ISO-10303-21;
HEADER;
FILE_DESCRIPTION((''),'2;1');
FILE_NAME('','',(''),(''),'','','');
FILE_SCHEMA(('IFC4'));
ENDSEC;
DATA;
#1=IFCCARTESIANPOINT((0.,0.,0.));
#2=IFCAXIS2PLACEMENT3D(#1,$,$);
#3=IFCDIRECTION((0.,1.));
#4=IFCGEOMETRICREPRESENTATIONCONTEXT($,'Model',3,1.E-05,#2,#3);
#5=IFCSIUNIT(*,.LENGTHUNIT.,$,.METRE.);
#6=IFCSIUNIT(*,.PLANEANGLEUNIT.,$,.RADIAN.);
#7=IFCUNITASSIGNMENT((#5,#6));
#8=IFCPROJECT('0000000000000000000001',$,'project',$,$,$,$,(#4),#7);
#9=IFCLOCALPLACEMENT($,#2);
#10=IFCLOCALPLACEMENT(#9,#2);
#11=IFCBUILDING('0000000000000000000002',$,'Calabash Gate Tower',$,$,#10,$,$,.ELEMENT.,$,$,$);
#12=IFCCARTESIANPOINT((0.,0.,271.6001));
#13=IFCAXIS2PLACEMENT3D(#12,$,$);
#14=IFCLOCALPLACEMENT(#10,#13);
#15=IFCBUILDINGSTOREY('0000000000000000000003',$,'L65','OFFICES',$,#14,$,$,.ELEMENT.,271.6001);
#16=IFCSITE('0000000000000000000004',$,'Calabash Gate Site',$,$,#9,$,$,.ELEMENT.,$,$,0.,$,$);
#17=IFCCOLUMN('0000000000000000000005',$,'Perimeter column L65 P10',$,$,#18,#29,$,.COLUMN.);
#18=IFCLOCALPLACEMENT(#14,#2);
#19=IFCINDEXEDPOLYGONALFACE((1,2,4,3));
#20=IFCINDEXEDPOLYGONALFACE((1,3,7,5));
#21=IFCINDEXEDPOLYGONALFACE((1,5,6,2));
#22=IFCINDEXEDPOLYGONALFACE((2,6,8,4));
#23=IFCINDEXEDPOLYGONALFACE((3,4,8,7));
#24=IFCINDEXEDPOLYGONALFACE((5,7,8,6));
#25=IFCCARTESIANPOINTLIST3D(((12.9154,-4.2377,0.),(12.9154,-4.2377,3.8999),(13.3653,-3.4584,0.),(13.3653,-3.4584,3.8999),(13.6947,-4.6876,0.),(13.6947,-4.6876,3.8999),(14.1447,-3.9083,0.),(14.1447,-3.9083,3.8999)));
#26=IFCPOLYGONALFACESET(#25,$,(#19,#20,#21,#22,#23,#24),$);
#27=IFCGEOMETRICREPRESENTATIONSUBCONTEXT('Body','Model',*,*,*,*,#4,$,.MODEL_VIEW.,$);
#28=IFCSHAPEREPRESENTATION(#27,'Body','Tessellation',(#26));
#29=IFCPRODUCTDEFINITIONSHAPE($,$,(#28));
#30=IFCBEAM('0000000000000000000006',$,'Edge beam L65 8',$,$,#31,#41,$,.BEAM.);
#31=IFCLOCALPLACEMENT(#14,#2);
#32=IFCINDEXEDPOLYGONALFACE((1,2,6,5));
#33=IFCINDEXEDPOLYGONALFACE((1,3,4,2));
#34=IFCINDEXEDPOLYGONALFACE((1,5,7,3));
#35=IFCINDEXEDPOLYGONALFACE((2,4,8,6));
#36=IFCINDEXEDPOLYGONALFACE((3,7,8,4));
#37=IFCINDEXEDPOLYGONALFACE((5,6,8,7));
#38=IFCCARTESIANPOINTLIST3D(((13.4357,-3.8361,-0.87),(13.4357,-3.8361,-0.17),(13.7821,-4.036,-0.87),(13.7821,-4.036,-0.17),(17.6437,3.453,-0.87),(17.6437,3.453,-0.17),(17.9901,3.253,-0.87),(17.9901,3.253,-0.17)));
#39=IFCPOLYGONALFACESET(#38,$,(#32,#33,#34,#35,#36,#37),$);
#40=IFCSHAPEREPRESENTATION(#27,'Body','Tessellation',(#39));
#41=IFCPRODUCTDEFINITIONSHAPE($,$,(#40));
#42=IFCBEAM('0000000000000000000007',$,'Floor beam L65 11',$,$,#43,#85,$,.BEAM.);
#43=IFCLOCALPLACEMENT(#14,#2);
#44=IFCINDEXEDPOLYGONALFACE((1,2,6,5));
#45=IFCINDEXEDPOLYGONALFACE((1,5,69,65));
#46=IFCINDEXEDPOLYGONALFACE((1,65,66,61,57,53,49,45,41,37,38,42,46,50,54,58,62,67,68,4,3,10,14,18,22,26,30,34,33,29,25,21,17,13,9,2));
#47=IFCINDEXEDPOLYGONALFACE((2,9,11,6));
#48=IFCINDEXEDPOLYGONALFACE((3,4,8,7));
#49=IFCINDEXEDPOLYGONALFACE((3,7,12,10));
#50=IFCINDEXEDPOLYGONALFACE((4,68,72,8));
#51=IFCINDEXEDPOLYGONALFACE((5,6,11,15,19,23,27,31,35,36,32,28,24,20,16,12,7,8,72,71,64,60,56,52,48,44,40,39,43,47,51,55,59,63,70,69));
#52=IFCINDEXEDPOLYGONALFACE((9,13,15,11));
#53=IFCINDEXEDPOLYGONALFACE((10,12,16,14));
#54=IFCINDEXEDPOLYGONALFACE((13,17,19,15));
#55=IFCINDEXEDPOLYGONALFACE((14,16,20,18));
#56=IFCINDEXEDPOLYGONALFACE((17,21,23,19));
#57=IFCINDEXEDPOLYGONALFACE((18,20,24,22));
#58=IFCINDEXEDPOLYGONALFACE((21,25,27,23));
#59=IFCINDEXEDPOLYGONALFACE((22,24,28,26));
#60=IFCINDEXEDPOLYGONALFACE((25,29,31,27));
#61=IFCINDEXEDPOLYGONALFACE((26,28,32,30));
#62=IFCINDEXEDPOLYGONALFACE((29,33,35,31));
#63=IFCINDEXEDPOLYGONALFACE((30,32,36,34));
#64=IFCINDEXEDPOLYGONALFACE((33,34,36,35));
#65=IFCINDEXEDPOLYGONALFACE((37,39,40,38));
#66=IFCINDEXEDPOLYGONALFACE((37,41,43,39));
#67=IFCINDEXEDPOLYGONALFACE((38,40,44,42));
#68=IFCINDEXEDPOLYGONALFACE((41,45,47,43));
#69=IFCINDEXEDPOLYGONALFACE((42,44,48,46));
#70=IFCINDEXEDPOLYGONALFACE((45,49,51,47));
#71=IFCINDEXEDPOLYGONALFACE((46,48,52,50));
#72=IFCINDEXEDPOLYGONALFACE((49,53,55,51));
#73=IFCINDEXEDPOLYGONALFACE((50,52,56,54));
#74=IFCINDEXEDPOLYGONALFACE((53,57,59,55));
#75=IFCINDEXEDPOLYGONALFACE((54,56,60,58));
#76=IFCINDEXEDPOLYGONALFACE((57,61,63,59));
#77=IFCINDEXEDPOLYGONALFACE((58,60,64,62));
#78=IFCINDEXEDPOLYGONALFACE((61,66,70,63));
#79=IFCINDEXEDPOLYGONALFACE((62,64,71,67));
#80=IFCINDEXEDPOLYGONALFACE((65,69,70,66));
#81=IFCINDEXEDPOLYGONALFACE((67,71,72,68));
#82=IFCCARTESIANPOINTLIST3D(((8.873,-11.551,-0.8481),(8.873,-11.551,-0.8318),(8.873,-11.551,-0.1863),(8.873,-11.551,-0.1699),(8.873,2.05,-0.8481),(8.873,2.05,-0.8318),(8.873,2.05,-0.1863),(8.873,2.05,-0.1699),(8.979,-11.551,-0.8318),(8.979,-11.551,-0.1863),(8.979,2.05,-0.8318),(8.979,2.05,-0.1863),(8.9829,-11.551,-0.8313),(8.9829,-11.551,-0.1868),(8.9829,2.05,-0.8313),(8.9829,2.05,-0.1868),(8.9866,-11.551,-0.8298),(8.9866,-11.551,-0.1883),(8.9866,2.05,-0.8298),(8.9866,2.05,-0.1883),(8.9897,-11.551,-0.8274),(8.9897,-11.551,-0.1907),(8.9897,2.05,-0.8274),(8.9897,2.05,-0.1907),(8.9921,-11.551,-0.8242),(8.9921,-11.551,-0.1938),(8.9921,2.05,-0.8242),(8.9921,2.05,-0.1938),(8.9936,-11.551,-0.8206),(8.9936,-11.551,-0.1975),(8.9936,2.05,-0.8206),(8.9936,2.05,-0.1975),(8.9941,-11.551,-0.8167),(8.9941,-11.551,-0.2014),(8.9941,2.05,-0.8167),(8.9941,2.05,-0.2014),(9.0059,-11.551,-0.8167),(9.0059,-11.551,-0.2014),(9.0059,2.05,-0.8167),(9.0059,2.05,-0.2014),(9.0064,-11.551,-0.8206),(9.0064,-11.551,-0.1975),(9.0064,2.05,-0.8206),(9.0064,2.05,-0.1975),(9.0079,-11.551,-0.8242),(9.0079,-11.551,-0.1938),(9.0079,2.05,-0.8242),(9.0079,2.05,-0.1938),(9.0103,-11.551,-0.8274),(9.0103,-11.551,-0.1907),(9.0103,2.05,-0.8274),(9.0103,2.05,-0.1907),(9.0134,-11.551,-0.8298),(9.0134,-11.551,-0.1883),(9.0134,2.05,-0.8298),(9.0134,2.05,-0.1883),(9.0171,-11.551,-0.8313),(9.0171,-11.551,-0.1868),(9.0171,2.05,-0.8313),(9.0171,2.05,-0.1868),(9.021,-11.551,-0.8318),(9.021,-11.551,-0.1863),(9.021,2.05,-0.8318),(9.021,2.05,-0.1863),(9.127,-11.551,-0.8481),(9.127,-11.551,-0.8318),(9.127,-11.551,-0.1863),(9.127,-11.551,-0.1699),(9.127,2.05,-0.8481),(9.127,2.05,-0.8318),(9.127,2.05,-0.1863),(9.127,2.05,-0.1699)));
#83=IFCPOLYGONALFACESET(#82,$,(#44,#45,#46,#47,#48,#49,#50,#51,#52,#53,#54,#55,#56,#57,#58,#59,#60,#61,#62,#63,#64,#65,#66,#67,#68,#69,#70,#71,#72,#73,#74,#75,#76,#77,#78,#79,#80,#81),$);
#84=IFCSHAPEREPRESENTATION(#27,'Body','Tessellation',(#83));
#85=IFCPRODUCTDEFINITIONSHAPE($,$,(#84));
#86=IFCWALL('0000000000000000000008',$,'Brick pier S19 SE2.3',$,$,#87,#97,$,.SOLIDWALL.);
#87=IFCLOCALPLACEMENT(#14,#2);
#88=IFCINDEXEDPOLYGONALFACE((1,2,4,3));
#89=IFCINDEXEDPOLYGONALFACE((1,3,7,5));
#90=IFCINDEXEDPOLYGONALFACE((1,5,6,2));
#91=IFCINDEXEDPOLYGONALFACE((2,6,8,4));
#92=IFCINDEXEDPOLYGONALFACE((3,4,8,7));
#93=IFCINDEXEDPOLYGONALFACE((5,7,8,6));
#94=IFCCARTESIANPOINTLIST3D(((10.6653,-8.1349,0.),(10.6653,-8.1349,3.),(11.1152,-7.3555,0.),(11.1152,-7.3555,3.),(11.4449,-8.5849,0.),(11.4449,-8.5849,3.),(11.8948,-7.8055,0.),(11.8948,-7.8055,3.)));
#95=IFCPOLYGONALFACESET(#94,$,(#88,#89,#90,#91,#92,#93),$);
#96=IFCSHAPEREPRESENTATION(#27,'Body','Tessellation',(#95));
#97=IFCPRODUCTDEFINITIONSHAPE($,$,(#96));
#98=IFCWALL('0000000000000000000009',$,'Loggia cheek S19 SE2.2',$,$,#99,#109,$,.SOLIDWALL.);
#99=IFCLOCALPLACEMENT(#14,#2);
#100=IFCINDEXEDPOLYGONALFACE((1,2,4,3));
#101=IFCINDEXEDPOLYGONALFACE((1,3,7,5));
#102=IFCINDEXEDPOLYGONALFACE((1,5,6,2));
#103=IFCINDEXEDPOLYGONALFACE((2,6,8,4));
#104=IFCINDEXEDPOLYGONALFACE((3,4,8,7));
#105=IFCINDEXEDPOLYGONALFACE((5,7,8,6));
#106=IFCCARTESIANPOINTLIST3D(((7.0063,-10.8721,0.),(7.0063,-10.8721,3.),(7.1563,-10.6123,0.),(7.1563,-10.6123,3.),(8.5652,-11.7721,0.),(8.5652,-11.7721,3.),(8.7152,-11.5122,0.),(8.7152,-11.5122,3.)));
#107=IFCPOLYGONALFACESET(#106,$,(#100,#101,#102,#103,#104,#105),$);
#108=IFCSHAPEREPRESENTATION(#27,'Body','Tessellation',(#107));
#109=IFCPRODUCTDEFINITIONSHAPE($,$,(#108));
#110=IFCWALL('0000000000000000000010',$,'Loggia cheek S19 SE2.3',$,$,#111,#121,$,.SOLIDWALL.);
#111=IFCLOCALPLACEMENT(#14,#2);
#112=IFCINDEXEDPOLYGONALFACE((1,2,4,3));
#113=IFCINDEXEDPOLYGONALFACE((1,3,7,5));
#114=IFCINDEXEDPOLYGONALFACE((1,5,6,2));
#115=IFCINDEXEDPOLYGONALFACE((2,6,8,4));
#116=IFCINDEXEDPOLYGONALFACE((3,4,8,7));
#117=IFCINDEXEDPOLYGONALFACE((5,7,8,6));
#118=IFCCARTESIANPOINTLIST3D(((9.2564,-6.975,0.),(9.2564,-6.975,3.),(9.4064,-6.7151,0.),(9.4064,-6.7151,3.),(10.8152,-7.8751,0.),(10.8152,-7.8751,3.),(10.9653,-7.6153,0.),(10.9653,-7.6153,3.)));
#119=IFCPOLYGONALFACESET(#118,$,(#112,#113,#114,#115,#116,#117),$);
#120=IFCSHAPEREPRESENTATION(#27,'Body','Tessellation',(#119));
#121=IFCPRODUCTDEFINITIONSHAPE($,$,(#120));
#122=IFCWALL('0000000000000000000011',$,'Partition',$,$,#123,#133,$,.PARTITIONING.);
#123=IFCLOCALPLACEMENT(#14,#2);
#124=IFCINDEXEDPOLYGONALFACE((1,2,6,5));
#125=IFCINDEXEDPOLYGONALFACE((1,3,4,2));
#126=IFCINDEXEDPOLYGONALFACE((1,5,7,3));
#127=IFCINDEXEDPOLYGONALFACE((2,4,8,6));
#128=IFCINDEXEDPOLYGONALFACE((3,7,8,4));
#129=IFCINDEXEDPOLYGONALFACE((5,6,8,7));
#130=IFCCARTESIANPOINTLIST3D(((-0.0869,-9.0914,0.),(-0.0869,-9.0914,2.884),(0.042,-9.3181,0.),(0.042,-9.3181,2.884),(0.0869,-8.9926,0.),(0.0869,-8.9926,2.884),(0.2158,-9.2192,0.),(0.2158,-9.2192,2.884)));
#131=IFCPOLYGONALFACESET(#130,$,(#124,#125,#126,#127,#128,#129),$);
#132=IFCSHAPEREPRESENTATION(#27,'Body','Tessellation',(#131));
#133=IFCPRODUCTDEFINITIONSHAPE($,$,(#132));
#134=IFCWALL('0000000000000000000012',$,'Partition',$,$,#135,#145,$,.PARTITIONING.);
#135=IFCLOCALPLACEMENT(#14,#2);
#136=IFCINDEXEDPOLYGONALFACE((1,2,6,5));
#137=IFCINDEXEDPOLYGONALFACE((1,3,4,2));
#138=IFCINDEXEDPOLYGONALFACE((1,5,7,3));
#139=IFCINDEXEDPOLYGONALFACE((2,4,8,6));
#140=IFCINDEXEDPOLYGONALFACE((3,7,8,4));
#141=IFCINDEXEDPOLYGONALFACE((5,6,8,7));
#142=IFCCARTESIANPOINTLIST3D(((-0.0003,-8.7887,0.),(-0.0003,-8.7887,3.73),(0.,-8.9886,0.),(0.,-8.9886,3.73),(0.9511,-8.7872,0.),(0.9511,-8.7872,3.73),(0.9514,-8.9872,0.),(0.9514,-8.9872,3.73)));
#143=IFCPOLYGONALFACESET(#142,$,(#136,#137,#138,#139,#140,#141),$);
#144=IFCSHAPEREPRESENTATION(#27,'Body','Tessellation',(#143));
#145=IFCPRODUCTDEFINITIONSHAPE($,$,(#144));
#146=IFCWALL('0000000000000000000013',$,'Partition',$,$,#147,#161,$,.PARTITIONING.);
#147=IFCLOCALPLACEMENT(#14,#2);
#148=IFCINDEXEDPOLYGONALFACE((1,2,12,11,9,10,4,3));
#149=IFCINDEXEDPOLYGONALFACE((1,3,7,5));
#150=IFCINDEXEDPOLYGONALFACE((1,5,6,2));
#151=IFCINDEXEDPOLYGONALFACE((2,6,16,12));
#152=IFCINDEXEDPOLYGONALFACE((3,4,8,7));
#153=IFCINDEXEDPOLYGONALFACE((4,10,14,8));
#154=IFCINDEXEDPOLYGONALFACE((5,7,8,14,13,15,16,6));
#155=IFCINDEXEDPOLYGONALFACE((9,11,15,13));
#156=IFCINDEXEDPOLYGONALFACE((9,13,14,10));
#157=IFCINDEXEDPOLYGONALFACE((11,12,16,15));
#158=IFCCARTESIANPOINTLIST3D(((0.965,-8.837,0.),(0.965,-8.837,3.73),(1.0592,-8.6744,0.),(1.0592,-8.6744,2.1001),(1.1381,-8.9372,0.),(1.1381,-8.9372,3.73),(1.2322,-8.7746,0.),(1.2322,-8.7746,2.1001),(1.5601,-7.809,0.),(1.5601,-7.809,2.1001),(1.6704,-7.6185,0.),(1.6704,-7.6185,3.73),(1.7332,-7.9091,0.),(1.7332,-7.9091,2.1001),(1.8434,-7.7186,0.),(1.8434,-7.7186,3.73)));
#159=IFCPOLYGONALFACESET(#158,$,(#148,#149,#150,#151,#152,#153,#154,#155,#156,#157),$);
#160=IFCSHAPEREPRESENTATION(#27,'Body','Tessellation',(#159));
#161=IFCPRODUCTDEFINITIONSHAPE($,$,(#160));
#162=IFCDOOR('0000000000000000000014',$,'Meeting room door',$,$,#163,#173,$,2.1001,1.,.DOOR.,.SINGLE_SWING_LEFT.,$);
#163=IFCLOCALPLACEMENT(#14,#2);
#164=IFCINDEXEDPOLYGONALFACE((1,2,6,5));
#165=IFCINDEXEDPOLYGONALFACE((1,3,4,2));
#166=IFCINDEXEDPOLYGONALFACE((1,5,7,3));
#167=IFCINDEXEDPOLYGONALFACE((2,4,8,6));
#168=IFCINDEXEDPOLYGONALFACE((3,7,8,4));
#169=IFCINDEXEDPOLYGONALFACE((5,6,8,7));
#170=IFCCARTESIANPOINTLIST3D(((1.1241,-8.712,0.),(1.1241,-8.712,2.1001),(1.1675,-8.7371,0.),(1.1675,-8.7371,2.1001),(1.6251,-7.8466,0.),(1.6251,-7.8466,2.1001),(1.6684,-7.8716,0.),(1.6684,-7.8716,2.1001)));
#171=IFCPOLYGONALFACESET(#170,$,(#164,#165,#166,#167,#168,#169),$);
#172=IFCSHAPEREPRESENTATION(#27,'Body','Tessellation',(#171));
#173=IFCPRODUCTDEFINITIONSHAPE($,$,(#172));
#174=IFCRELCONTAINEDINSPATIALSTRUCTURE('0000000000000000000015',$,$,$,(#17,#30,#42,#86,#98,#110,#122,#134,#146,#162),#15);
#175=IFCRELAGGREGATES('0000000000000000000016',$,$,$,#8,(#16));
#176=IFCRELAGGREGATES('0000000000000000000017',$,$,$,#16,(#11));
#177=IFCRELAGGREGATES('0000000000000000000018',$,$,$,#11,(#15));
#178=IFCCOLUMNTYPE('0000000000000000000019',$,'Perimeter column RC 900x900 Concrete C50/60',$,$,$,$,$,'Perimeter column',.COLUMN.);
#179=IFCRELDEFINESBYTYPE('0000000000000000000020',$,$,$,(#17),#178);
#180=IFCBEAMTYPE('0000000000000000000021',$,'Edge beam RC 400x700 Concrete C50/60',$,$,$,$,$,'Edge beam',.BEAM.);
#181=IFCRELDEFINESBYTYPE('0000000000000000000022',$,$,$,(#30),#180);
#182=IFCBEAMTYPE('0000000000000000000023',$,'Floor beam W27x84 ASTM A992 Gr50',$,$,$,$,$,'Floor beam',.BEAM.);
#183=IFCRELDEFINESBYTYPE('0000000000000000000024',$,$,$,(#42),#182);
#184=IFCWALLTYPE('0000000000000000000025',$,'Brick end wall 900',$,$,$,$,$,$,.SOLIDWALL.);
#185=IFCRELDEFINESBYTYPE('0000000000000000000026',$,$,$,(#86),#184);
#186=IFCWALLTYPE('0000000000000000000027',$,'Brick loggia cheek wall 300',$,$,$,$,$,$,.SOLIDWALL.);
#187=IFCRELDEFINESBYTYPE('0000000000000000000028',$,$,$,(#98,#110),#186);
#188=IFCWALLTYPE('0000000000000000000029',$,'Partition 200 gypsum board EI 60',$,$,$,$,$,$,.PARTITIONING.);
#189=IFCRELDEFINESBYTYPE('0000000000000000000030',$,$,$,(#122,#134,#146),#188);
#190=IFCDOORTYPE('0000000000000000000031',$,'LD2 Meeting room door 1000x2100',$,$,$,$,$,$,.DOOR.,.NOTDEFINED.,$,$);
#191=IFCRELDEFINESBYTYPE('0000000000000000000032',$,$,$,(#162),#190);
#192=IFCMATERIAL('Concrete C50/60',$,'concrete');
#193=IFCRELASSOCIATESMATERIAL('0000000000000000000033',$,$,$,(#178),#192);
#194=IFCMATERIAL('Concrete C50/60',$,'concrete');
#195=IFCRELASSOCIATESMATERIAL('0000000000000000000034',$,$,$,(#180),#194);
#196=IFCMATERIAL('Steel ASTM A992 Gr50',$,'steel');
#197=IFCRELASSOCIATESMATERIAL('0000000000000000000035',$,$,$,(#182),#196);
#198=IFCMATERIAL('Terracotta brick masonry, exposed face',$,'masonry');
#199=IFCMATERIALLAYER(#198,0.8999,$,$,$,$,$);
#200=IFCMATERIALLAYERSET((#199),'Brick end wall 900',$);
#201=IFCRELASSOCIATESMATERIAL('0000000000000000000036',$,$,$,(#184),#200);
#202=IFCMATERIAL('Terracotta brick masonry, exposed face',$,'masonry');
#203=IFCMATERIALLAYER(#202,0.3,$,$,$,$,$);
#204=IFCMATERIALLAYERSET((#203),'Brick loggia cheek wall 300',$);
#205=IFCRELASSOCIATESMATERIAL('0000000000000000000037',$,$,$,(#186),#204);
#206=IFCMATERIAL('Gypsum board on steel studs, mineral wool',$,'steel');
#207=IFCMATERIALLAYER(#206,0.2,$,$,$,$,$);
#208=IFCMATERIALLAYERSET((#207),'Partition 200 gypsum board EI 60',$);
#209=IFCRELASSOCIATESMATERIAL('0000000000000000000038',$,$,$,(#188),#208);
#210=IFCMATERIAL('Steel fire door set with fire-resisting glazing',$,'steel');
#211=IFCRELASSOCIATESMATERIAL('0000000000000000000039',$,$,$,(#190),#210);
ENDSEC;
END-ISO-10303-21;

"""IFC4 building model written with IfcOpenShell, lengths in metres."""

from ifc_helpers import new_model, si_unit, direction, frame, frame_2d, origin, origin_2d, place, context, subcontext, project, spatial, rectangle, i_section, extrude, material, layer, layer_set, material_profile, profile_set, type_object, element, fill, save


model = new_model("IFC4")

# Units and contexts
model_context = context("Model", 3, precision=1e-05, world=origin(), true_north=direction((0.0, 1.0)))
body_context = subcontext(model_context, "Body", "Model", "MODEL_VIEW")
ifc_project = project(units=[si_unit("LENGTHUNIT", "METRE"), si_unit("PLANEANGLEUNIT", "RADIAN")], contexts=[model_context])

# Site, building, storey
site_placement = place(None, origin())
site = spatial("IfcSite", under=ifc_project, at=site_placement, Name="Calabash Gate Site", CompositionType="ELEMENT", RefElevation=0.0)
building_placement = place(site_placement, origin())
building = spatial("IfcBuilding", under=site, at=building_placement, Name="Calabash Gate Tower", CompositionType="ELEMENT")
storey_placement = place(building_placement, frame((0.0, 0.0, 271.6001)))
storey = spatial("IfcBuildingStorey", under=building, at=storey_placement, Name="L65", Description="OFFICES", CompositionType="ELEMENT", Elevation=271.6001)

# Column
ifc_material_1 = material(Name="Concrete C50/60", Category="concrete")
ifc_material_profile_1 = material_profile(ifc_material_1, rectangle(XDim=0.8999, YDim=0.8999, at=origin_2d()))
ifc_profile_set_1 = profile_set([ifc_material_profile_1], Name="Concrete C50/60")
column_type = type_object("IfcColumnType", Name="Perimeter column RC 900x900 Concrete C50/60", ElementType="Perimeter column", PredefinedType="COLUMN", material=ifc_profile_set_1)
column_placement = place(storey_placement, frame((13.53, -4.073, 0.0), z_axis=(0.0, 0.0, 1.0), x_axis=(0.5, 0.866025, 0.0)))
element("IfcColumn", 1, at=column_placement, inside=storey, type_object=column_type, Name="Perimeter column L65 P10", PredefinedType="COLUMN", context=body_context, shape_type="SweptSolid", body=[
    extrude(rectangle(XDim=0.8999, YDim=0.8999, at=origin_2d()), origin(), (0.0, 0.0, 1.0), 3.8999),
])

# Beams
ifc_material_2 = material(Name="Concrete C50/60", Category="concrete")
ifc_material_profile_2 = material_profile(ifc_material_2, rectangle(XDim=0.3999, YDim=0.7, at=origin_2d()))
ifc_profile_set_2 = profile_set([ifc_material_profile_2], Name="Concrete C50/60")
beam_type_1 = type_object("IfcBeamType", Name="Edge beam RC 400x700 Concrete C50/60", ElementType="Edge beam", PredefinedType="BEAM", material=ifc_profile_set_2)
beam_1_placement = place(storey_placement, frame((13.6089, -3.936, -0.52), z_axis=(0.49997, 0.866043, 0.0), x_axis=(-0.866043, 0.49997, 0.0)))
element("IfcBeam", 2, at=beam_1_placement, inside=storey, type_object=beam_type_1, Name="Edge beam L65 8", PredefinedType="BEAM", context=body_context, shape_type="SweptSolid", body=[
    extrude(rectangle(XDim=0.3999, YDim=0.7, at=origin_2d()), origin(), (0.0, 0.0, 1.0), 8.4165),
])
ifc_material_3 = material(Name="Steel ASTM A992 Gr50", Category="steel")
ifc_material_profile_3 = material_profile(ifc_material_3, i_section(OverallWidth=0.2539, OverallDepth=0.6782, WebThickness=0.0117, FlangeThickness=0.0164, FilletRadius=0.0151, at=origin_2d()))
ifc_profile_set_3 = profile_set([ifc_material_profile_3], Name="Steel ASTM A992 Gr50")
beam_type_2 = type_object("IfcBeamType", Name="Floor beam W27x84 ASTM A992 Gr50", ElementType="Floor beam", PredefinedType="BEAM", material=ifc_profile_set_3)
beam_2_placement = place(storey_placement, frame((9.0, -11.551, -0.509), z_axis=(0.0, 1.0, 0.0), x_axis=(-1.0, 0.0, 0.0)))
element("IfcBeam", 3, at=beam_2_placement, inside=storey, type_object=beam_type_2, Name="Floor beam L65 11", PredefinedType="BEAM", context=body_context, shape_type="SweptSolid", body=[
    extrude(i_section(OverallWidth=0.2539, OverallDepth=0.6782, WebThickness=0.0117, FlangeThickness=0.0164, FilletRadius=0.0151, at=origin_2d()), origin(), (0.0, 0.0, 1.0), 13.6011),
])

# Walls
ifc_material_4 = material(Name="Terracotta brick masonry, exposed face", Category="masonry")
ifc_layer_1 = layer(ifc_material_4, 0.8999)
ifc_layer_set_1 = layer_set([ifc_layer_1], Name="Brick end wall 900")
wall_type_1 = type_object("IfcWallType", Name="Brick end wall 900", PredefinedType="SOLIDWALL", material=ifc_layer_set_1)
wall_1_placement = place(storey_placement, frame((10.8901, -7.7451, 0.0), z_axis=(0.0, 0.0, 1.0), x_axis=(0.866082, -0.499902, 0.0)))
element("IfcWall", 4, at=wall_1_placement, inside=storey, type_object=wall_type_1, Name="Brick pier S19 SE2.3", PredefinedType="SOLIDWALL", context=body_context, shape_type="SweptSolid", body=[
    extrude(rectangle(XDim=0.9001, YDim=0.8999, at=frame_2d((0.4502, 0.0))), origin(), (0.0, 0.0, 1.0), 3.0),
])
ifc_material_5 = material(Name="Terracotta brick masonry, exposed face", Category="masonry")
ifc_layer_2 = layer(ifc_material_5, 0.3)
ifc_layer_set_2 = layer_set([ifc_layer_2], Name="Brick loggia cheek wall 300")
wall_type_2 = type_object("IfcWallType", Name="Brick loggia cheek wall 300", PredefinedType="SOLIDWALL", material=ifc_layer_set_2)
for number, where, z_axis, x_axis, name in (
    (5, (8.6401, -11.6421, 0.0), (0.0, 0.0, 1.0), (-0.866048, 0.499961, 0.0), "Loggia cheek S19 SE2.2"),
    (6, (10.8901, -7.7451, 0.0), (0.0, 0.0, 1.0), (-0.865989, 0.500063, 0.0), "Loggia cheek S19 SE2.3"),
):
    element("IfcWall", number, at=place(storey_placement, frame(where, z_axis=z_axis, x_axis=x_axis)), inside=storey, type_object=wall_type_2, Name=name, PredefinedType="SOLIDWALL", context=body_context, shape_type="SweptSolid", body=[
        extrude(rectangle(XDim=1.8, YDim=0.3, at=frame_2d((0.8999, 0.0))), origin(), (0.0, 0.0, 1.0), 3.0),
    ])
ifc_material_6 = material(Name="Gypsum board on steel studs, mineral wool", Category="steel")
ifc_layer_3 = layer(ifc_material_6, 0.2)
ifc_layer_set_3 = layer_set([ifc_layer_3], Name="Partition 200 gypsum board EI 60")
wall_type_3 = type_object("IfcWallType", Name="Partition 200 gypsum board EI 60", PredefinedType="PARTITIONING", material=ifc_layer_set_3)
wall_2_placement = place(storey_placement, frame((0.0, -9.042, 0.0), z_axis=(0.0, 0.0, 1.0), x_axis=(0.494524, -0.869164, 0.0)))
element("IfcWall", 7, at=wall_2_placement, inside=storey, type_object=wall_type_3, Name="Partition", PredefinedType="PARTITIONING", context=body_context, shape_type="SweptSolid", body=[
    extrude(rectangle(XDim=0.2607, YDim=0.2, at=frame_2d((0.1304, 0.0))), origin(), (0.0, 0.0, 1.0), 2.884),
])
wall_3_placement = place(storey_placement, frame((0.0, -8.8887, 0.0), z_axis=(0.0, 0.0, 1.0), x_axis=(0.999999, 0.00154, 0.0)))
element("IfcWall", 8, at=wall_3_placement, inside=storey, type_object=wall_type_3, Name="Partition", PredefinedType="PARTITIONING", context=body_context, shape_type="SweptSolid", body=[
    extrude(rectangle(XDim=0.9514, YDim=0.2, at=frame_2d((0.4756, 0.0))), origin(), (0.0, 0.0, 1.0), 3.73),
])

# Wall, opening, door
wall_4_placement = place(storey_placement, frame((1.0515, -8.8872, 0.0), z_axis=(0.0, 0.0, 1.0), x_axis=(0.500968, 0.865466, 0.0)))
wall_4 = element("IfcWall", 9, at=wall_4_placement, inside=storey, type_object=wall_type_3, Name="Partition", PredefinedType="PARTITIONING", context=body_context, shape_type="SweptSolid", body=[
    extrude(rectangle(XDim=1.408, YDim=0.2, at=frame_2d((0.7041, 0.0))), origin(), (0.0, 0.0, 1.0), 3.73),
])
opening_1_placement = place(wall_4_placement, frame((0.188, 0.0, 0.0)))
opening_1 = element("IfcOpeningElement", 10, at=opening_1_placement, cuts=wall_4, PredefinedType="OPENING", context=body_context, shape_type="SweptSolid", body=[
    extrude(rectangle(XDim=1.0, YDim=2.1001, at=frame_2d((0.5, 1.05))), frame((0.0, 0.1099, 0.0), z_axis=(0.0, -1.0, 0.0), x_axis=(1.0, 0.0, 0.0)), (0.0, 0.0, 1.0), 0.22),
])
ifc_material_7 = material(Name="Steel fire door set with fire-resisting glazing", Category="steel")
door_type_1 = type_object("IfcDoorType", Name="LD2 Meeting room door 1000x2100", OperationType="NOTDEFINED", PredefinedType="DOOR", material=ifc_material_7)
door_1_placement = place(opening_1_placement, origin())
door_1 = element("IfcDoor", 11, at=door_1_placement, inside=storey, type_object=door_type_1, Name="Meeting room door", OperationType="SINGLE_SWING_LEFT", OverallHeight=2.1001, OverallWidth=1.0, PredefinedType="DOOR", context=body_context, shape_type="SweptSolid", body=[
    extrude(rectangle(XDim=1.0, YDim=2.1001, at=frame_2d((0.5, 1.05))), frame((0.0, 0.0249, 0.0), z_axis=(0.0, -1.0, 0.0), x_axis=(1.0, 0.0, 0.0)), (0.0, 0.0, 1.0), 0.05),
])
fill(opening_1, door_1)

save(model, "model.ifc")
